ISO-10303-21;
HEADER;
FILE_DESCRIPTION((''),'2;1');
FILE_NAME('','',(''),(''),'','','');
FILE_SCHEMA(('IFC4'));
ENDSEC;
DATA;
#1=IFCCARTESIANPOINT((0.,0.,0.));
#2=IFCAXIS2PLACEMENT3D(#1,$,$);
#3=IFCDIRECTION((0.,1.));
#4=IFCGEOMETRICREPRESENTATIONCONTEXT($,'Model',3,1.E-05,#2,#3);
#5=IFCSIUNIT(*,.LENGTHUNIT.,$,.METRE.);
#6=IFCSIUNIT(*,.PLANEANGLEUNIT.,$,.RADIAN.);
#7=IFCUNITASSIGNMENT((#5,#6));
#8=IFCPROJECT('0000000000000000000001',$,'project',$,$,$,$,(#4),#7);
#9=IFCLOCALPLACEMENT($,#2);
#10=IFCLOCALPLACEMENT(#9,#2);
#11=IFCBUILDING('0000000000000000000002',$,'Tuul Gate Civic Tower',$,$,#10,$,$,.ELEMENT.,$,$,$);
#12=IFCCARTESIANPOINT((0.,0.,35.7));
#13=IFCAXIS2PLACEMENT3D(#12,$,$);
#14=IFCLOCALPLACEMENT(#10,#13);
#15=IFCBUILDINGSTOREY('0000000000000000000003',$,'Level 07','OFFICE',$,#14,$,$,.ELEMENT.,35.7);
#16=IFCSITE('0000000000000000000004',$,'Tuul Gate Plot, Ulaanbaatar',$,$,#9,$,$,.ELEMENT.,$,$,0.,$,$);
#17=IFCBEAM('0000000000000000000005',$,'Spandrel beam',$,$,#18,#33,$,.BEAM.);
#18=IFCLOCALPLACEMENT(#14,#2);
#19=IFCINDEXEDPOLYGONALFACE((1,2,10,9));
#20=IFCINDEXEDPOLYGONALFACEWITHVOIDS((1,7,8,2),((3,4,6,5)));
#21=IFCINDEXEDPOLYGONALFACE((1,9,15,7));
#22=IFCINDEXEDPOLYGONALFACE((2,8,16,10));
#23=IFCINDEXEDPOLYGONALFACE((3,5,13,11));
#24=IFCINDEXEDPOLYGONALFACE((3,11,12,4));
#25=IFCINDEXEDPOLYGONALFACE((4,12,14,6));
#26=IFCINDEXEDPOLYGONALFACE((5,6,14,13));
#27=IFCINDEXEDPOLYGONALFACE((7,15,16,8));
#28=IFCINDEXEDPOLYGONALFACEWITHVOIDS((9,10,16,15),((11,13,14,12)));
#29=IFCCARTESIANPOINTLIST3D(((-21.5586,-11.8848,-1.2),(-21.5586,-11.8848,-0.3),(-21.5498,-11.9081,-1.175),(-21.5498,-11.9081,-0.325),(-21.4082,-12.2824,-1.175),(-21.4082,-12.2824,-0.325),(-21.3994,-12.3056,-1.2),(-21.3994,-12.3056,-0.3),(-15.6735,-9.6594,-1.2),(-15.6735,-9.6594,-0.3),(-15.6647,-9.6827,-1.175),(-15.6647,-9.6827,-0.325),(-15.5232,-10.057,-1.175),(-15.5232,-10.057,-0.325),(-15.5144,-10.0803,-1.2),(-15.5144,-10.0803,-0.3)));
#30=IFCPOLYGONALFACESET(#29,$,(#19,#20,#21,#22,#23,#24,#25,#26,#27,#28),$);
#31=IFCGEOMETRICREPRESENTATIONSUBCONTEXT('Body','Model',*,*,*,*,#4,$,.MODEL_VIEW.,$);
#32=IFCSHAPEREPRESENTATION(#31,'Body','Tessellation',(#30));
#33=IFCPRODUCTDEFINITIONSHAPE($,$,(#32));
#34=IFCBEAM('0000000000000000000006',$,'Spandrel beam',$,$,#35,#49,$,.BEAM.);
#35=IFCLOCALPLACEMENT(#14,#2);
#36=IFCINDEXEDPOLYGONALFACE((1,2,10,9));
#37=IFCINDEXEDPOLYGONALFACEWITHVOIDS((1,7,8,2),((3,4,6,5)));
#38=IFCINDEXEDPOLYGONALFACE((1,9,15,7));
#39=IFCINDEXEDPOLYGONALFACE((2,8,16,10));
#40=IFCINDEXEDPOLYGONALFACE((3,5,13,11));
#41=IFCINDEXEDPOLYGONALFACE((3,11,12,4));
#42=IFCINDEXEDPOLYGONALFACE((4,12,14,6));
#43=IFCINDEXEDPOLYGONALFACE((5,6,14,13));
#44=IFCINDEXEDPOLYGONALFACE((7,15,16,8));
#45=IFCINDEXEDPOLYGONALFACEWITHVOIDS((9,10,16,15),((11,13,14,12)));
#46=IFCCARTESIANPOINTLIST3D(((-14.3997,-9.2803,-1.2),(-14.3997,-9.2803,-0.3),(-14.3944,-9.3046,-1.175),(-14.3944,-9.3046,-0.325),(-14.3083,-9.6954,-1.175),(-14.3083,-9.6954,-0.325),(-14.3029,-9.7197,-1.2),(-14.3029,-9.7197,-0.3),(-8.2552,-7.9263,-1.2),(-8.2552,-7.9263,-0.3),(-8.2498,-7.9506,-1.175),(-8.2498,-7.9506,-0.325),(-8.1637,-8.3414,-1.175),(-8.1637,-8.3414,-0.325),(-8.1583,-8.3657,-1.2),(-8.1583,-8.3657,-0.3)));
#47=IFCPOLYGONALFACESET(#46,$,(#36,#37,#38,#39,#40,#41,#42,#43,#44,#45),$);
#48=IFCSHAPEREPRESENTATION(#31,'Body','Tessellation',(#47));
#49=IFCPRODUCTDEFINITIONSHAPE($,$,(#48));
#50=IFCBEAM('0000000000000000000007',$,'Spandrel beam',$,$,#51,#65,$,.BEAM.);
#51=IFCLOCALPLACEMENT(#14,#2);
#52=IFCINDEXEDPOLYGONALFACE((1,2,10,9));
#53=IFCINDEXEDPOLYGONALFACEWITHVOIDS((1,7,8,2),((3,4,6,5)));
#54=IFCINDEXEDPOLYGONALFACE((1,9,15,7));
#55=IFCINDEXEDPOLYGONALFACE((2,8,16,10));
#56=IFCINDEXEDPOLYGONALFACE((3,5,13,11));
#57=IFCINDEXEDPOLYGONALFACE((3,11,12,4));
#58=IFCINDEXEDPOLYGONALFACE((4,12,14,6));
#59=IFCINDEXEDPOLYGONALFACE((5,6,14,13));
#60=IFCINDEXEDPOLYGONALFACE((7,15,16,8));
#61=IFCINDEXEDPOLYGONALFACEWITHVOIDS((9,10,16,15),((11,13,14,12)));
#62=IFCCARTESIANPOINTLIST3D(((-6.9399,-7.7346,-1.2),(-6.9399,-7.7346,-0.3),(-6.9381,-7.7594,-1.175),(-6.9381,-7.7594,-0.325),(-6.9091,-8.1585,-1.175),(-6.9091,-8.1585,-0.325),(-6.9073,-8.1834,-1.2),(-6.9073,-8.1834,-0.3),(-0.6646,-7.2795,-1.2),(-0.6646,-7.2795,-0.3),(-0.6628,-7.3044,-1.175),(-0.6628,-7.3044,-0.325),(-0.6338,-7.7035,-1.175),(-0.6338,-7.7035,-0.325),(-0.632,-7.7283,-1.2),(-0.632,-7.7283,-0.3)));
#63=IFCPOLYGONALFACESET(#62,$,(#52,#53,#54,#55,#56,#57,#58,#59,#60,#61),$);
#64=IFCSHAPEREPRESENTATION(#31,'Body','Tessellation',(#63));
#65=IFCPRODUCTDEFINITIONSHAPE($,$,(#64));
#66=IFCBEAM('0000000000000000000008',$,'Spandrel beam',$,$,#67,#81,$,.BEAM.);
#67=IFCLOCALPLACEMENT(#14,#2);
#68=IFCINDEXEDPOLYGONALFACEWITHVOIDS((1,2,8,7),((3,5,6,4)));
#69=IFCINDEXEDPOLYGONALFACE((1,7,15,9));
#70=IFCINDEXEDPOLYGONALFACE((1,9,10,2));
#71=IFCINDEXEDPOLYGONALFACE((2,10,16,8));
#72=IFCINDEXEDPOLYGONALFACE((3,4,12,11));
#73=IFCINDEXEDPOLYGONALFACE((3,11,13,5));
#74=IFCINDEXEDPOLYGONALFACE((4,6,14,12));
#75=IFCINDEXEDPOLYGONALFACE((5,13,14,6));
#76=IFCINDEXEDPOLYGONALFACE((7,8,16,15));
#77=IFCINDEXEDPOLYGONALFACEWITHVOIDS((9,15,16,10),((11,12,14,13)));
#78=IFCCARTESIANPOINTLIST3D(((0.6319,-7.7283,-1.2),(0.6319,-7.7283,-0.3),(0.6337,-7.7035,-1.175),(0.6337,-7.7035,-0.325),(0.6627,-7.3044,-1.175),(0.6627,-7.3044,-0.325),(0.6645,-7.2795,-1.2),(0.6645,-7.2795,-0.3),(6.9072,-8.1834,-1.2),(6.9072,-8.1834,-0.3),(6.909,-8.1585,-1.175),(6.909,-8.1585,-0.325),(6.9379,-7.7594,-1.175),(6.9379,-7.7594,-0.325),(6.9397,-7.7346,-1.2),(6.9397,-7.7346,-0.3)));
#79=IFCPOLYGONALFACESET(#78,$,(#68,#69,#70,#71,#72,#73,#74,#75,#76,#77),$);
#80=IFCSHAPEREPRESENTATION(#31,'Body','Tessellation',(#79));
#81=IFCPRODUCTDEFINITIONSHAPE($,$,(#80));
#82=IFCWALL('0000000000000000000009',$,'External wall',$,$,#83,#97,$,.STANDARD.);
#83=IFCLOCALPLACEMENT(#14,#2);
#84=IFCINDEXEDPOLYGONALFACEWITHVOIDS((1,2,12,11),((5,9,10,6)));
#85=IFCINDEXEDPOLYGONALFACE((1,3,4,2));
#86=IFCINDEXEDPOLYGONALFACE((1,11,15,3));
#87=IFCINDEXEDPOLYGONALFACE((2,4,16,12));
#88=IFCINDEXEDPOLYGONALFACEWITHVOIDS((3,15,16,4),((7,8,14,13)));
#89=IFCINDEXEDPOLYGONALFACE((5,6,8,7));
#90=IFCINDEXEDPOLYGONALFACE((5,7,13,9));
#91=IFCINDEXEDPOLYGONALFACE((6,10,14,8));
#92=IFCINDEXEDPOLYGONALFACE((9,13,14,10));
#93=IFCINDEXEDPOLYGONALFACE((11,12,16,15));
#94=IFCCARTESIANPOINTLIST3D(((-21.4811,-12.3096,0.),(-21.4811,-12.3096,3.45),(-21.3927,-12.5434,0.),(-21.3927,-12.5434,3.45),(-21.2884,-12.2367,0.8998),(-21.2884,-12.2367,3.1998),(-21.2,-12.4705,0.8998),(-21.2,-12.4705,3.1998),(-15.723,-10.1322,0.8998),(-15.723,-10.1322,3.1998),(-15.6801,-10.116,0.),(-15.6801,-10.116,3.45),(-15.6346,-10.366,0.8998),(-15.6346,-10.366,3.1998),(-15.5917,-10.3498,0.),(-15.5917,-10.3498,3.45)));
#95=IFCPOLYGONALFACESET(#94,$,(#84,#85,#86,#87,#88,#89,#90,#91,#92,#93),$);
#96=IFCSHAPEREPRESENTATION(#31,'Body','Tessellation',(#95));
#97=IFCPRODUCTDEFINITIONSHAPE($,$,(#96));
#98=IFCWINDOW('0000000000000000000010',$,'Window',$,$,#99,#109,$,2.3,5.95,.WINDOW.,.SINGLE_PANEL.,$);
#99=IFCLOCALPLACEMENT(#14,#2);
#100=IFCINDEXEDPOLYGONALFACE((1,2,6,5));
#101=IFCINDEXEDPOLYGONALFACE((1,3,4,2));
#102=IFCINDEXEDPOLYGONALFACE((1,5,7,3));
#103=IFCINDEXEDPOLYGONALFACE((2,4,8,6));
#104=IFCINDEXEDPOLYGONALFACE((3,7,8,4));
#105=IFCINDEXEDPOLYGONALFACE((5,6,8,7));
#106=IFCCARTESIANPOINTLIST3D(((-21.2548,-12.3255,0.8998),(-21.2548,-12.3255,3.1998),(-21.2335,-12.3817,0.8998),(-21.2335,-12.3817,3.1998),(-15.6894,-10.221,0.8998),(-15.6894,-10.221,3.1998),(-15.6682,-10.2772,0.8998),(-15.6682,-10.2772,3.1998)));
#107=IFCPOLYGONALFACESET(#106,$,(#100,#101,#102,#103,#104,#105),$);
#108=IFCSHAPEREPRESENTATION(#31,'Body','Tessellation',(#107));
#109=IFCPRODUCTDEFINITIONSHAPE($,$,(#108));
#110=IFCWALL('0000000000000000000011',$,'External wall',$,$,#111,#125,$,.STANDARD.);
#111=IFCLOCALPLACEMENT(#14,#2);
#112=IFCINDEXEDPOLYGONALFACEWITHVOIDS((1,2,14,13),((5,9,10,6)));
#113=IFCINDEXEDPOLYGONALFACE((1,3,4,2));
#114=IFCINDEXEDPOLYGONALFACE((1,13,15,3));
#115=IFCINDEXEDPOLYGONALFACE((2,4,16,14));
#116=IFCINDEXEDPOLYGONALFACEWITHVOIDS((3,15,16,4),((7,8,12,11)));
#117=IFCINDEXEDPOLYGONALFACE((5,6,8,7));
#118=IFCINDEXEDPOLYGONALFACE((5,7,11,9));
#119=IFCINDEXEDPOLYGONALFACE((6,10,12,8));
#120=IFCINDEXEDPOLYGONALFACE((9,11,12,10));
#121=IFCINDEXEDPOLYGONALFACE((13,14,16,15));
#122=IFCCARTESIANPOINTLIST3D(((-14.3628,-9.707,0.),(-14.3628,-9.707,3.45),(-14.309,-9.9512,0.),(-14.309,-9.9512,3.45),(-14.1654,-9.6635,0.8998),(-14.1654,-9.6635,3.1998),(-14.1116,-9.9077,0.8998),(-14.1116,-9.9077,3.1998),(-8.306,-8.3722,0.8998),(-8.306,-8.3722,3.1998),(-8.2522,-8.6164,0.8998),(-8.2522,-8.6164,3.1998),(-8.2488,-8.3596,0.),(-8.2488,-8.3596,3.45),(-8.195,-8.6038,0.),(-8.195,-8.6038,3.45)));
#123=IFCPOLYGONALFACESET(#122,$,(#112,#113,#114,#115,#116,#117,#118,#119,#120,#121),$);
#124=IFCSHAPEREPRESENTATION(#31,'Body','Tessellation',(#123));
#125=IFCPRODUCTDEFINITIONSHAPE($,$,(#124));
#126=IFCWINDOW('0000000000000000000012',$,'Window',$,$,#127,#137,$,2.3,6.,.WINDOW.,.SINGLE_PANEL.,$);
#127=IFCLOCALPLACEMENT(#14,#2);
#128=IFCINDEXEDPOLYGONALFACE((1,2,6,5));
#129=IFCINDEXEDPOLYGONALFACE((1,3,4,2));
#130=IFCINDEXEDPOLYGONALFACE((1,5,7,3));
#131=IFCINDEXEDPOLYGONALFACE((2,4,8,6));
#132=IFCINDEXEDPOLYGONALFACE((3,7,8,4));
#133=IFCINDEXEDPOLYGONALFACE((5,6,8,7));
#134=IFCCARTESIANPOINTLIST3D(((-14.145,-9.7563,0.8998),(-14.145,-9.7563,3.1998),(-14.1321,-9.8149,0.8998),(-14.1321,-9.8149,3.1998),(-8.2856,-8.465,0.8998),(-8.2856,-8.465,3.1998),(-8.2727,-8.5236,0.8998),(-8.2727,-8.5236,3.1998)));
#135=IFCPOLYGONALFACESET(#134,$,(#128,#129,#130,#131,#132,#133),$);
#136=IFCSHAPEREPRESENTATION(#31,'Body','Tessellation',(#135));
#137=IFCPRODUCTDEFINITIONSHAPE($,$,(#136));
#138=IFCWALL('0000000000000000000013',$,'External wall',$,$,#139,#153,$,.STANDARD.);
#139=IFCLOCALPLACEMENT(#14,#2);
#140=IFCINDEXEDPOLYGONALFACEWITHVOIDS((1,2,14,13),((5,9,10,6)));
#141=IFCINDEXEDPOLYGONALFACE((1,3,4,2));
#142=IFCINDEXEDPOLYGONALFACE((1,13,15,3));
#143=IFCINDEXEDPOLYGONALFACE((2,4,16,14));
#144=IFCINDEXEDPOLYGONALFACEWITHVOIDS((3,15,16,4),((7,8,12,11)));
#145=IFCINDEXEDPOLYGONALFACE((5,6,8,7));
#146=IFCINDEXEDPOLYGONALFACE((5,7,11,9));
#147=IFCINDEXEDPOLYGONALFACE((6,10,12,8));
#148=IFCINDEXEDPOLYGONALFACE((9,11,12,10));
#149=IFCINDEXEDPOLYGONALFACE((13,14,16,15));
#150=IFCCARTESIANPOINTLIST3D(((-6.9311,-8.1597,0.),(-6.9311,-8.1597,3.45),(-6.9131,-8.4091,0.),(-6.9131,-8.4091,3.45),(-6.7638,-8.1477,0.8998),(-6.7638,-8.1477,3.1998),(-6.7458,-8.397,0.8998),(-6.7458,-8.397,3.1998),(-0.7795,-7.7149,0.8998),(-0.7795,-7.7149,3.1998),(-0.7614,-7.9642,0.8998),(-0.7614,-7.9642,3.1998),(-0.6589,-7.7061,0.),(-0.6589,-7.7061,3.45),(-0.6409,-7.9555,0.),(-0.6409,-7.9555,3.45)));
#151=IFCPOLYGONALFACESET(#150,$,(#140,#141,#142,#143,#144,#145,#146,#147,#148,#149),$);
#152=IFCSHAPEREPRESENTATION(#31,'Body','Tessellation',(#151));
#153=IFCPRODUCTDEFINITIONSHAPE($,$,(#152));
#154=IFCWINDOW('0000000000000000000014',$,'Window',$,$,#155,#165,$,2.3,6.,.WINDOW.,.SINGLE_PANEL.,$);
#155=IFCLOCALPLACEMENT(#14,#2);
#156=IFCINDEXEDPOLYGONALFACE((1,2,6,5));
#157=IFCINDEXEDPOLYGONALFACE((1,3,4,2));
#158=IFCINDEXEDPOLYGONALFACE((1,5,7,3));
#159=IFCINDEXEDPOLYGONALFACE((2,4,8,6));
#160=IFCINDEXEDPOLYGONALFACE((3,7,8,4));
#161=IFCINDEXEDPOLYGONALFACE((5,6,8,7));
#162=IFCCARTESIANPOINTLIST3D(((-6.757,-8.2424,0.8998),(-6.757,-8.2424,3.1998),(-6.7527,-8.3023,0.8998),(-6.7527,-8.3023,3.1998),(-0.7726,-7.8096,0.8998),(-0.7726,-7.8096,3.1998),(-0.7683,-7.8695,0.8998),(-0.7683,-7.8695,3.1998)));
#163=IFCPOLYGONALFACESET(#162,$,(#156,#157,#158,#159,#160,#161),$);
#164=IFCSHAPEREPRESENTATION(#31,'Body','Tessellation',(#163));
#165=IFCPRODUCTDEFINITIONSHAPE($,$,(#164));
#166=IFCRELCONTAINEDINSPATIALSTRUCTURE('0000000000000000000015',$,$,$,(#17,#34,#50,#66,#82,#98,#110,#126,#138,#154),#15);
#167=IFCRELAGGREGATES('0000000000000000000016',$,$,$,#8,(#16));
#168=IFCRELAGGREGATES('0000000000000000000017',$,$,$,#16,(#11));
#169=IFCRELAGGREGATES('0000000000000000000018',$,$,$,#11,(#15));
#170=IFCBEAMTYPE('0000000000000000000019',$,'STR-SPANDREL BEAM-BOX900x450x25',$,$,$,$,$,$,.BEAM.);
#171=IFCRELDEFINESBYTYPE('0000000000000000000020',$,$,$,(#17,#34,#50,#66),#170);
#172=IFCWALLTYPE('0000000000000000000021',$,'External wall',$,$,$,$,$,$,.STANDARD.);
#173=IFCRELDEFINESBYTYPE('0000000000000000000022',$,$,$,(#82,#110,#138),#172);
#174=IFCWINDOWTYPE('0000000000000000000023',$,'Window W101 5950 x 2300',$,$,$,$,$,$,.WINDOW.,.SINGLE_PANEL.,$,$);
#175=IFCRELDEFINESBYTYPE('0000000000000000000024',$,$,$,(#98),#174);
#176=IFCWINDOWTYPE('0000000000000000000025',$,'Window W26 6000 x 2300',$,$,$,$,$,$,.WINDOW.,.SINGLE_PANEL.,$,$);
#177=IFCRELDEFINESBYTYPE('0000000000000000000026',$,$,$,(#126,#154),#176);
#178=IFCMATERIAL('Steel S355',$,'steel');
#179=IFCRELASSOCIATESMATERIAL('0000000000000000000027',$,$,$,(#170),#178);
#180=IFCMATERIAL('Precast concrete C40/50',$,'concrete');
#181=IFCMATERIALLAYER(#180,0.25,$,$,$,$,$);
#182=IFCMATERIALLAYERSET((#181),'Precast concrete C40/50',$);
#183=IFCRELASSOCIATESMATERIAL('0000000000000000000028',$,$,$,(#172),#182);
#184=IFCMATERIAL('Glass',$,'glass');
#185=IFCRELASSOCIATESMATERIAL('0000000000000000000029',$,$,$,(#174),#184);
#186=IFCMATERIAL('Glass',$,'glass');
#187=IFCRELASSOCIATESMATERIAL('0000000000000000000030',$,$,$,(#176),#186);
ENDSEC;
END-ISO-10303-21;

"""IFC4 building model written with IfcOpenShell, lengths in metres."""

from ifc_helpers import new_model, si_unit, direction, frame, frame_2d, origin, origin_2d, place, context, subcontext, project, spatial, rectangle, hollow_rectangle, extrude, material, layer, layer_set, material_profile, profile_set, type_object, element, fill, save


model = new_model("IFC4")

# Units and contexts
model_context = context("Model", 3, precision=1e-05, world=origin(), true_north=direction((0.0, 1.0)))
body_context = subcontext(model_context, "Body", "Model", "MODEL_VIEW")
ifc_project = project(units=[si_unit("LENGTHUNIT", "METRE"), si_unit("PLANEANGLEUNIT", "RADIAN")], contexts=[model_context])

# Site, building, storey
site_placement = place(None, origin())
site = spatial("IfcSite", under=ifc_project, at=site_placement, Name="Tuul Gate Plot, Ulaanbaatar", CompositionType="ELEMENT", RefElevation=0.0)
building_placement = place(site_placement, origin())
building = spatial("IfcBuilding", under=site, at=building_placement, Name="Tuul Gate Civic Tower", CompositionType="ELEMENT")
storey_placement = place(building_placement, frame((0.0, 0.0, 35.7)))
storey = spatial("IfcBuildingStorey", under=building, at=storey_placement, Name="Level 07", Description="OFFICE", CompositionType="ELEMENT", Elevation=35.7)

# Beams
ifc_material_1 = material(Name="Steel S355", Category="steel")
ifc_material_profile_1 = material_profile(ifc_material_1, hollow_rectangle(XDim=0.45, YDim=0.8999, WallThickness=0.0249, at=origin_2d()), Name="BOX900x450x25")
ifc_profile_set_1 = profile_set([ifc_material_profile_1], Name="Steel S355")
beam_type_1 = type_object("IfcBeamType", Name="STR-SPANDREL BEAM-BOX900x450x25", PredefinedType="BEAM", material=ifc_profile_set_1)
beam_1_placement = place(storey_placement, frame((-21.479, -12.0952, -0.75), z_axis=(0.935361, 0.353695, 0.0), x_axis=(-0.353695, 0.935361, 0.0)))
element("IfcBeam", 1, at=beam_1_placement, inside=storey, type_object=beam_type_1, Name="Spandrel beam", PredefinedType="BEAM", context=body_context, shape_type="SweptSolid", body=[
    extrude(hollow_rectangle(XDim=0.45, YDim=0.8999, WallThickness=0.0249, at=origin_2d()), origin(), (0.0, 0.0, 1.0), 6.2917),
])
beam_2_placement = place(storey_placement, frame((-14.3513, -9.5, -0.75), z_axis=(0.976571, 0.215196, 0.0), x_axis=(-0.215196, 0.976571, 0.0)))
element("IfcBeam", 2, at=beam_2_placement, inside=storey, type_object=beam_type_1, Name="Spandrel beam", PredefinedType="BEAM", context=body_context, shape_type="SweptSolid", body=[
    extrude(hollow_rectangle(XDim=0.45, YDim=0.8999, WallThickness=0.0249, at=origin_2d()), origin(), (0.0, 0.0, 1.0), 6.292),
])
for number, where, z_axis, x_axis, name in (
    (3, (-6.9236, -7.959, -0.75), (0.997381, 0.072328, 0.0), (-0.072328, 0.997381, 0.0), "Spandrel beam"),
    (4, (0.6482, -7.5039, -0.75), (0.997381, -0.072328, 0.0), (0.072328, 0.997381, 0.0), "Spandrel beam"),
):
    element("IfcBeam", number, at=place(storey_placement, frame(where, z_axis=z_axis, x_axis=x_axis)), inside=storey, type_object=beam_type_1, Name=name, PredefinedType="BEAM", context=body_context, shape_type="SweptSolid", body=[
        extrude(hollow_rectangle(XDim=0.45, YDim=0.8999, WallThickness=0.0249, at=origin_2d()), origin(), (0.0, 0.0, 1.0), 6.2917),
    ])

# Walls, openings, windows
ifc_material_2 = material(Name="Precast concrete C40/50", Category="concrete")
ifc_layer_1 = layer(ifc_material_2, 0.25)
ifc_layer_set_1 = layer_set([ifc_layer_1], Name="Precast concrete C40/50")
wall_type_1 = type_object("IfcWallType", Name="External wall", PredefinedType="STANDARD", material=ifc_layer_set_1)
wall_1_placement = place(storey_placement, frame((-21.437, -12.4265, 0.0), z_axis=(0.0, 0.0, 1.0), x_axis=(0.93536, 0.353698, 0.0)))
wall_1 = element("IfcWall", 5, at=wall_1_placement, inside=storey, type_object=wall_type_1, Name="External wall", PredefinedType="STANDARD", context=body_context, shape_type="SweptSolid", body=[
    extrude(rectangle(XDim=6.2019, YDim=0.25, at=frame_2d((3.1011, 0.0))), origin(), (0.0, 0.0, 1.0), 3.45),
])
opening_1_placement = place(wall_1_placement, frame((0.2061, 0.0, 0.8999)))
opening_1 = element("IfcOpeningElement", 6, at=opening_1_placement, cuts=wall_1, PredefinedType="OPENING", context=body_context, shape_type="SweptSolid", body=[
    extrude(rectangle(XDim=5.95, YDim=2.3, at=frame_2d((2.9751, 1.1499))), frame((0.0, 0.135, 0.0), z_axis=(0.0, -1.0, 0.0), x_axis=(1.0, 0.0, 0.0)), (0.0, 0.0, 1.0), 0.27),
])
ifc_material_3 = material(Name="Glass", Category="glass")
window_type_1 = type_object("IfcWindowType", Name="Window W101 5950 x 2300", PartitioningType="SINGLE_PANEL", PredefinedType="WINDOW", material=ifc_material_3)
window_1_placement = place(opening_1_placement, origin())
window_1 = element("IfcWindow", 7, at=window_1_placement, inside=storey, type_object=window_type_1, Name="Window", OverallHeight=2.3, OverallWidth=5.95, PartitioningType="SINGLE_PANEL", PredefinedType="WINDOW", context=body_context, shape_type="SweptSolid", body=[
    extrude(rectangle(XDim=5.95, YDim=2.3, at=frame_2d((2.9751, 1.1499))), frame((0.0, 0.03, 0.0), z_axis=(0.0, -1.0, 0.0), x_axis=(1.0, 0.0, 0.0)), (0.0, 0.0, 1.0), 0.0601),
])
fill(opening_1, window_1)
wall_2_placement = place(storey_placement, frame((-14.3359, -9.8291, 0.0), z_axis=(0.0, 0.0, 1.0), x_axis=(0.976566, 0.215217, 0.0)))
wall_2 = element("IfcWall", 8, at=wall_2_placement, inside=storey, type_object=wall_type_1, Name="External wall", PredefinedType="STANDARD", context=body_context, shape_type="SweptSolid", body=[
    extrude(rectangle(XDim=6.2607, YDim=0.25, at=frame_2d((3.1304, 0.0))), origin(), (0.0, 0.0, 1.0), 3.45),
])
opening_2_placement = place(wall_2_placement, frame((0.2021, 0.0, 0.8999)))
opening_2 = element("IfcOpeningElement", 9, at=opening_2_placement, cuts=wall_2, PredefinedType="OPENING", context=body_context, shape_type="SweptSolid", body=[
    extrude(rectangle(XDim=6.0, YDim=2.3, at=frame_2d((3.0, 1.1499))), frame((0.0, 0.135, 0.0), z_axis=(0.0, -1.0, 0.0), x_axis=(1.0, 0.0, 0.0)), (0.0, 0.0, 1.0), 0.27),
])
ifc_material_4 = material(Name="Glass", Category="glass")
window_type_2 = type_object("IfcWindowType", Name="Window W26 6000 x 2300", PartitioningType="SINGLE_PANEL", PredefinedType="WINDOW", material=ifc_material_4)
window_2_placement = place(opening_2_placement, origin())
window_2 = element("IfcWindow", 10, at=window_2_placement, inside=storey, type_object=window_type_2, Name="Window", OverallHeight=2.3, OverallWidth=6.0, PartitioningType="SINGLE_PANEL", PredefinedType="WINDOW", context=body_context, shape_type="SweptSolid", body=[
    extrude(rectangle(XDim=6.0, YDim=2.3, at=frame_2d((3.0, 1.1499))), frame((0.0, 0.03, 0.0), z_axis=(0.0, -1.0, 0.0), x_axis=(1.0, 0.0, 0.0)), (0.0, 0.0, 1.0), 0.0601),
])
fill(opening_2, window_2)
wall_3_placement = place(storey_placement, frame((-6.9221, -8.2844, 0.0), z_axis=(0.0, 0.0, 1.0), x_axis=(0.997395, 0.072133, 0.0)))
wall_3 = element("IfcWall", 11, at=wall_3_placement, inside=storey, type_object=wall_type_1, Name="External wall", PredefinedType="STANDARD", context=body_context, shape_type="SweptSolid", body=[
    extrude(rectangle(XDim=6.2886, YDim=0.25, at=frame_2d((3.1443, 0.0))), origin(), (0.0, 0.0, 1.0), 3.45),
])
opening_3_placement = place(wall_3_placement, frame((0.1677, 0.0, 0.8999)))
opening_3 = element("IfcOpeningElement", 12, at=opening_3_placement, cuts=wall_3, PredefinedType="OPENING", context=body_context, shape_type="SweptSolid", body=[
    extrude(rectangle(XDim=6.0, YDim=2.3, at=frame_2d((3.0, 1.1499))), frame((0.0, 0.135, 0.0), z_axis=(0.0, -1.0, 0.0), x_axis=(1.0, 0.0, 0.0)), (0.0, 0.0, 1.0), 0.27),
])
window_3_placement = place(opening_3_placement, origin())
window_3 = element("IfcWindow", 13, at=window_3_placement, inside=storey, type_object=window_type_2, Name="Window", OverallHeight=2.3, OverallWidth=6.0, PartitioningType="SINGLE_PANEL", PredefinedType="WINDOW", context=body_context, shape_type="SweptSolid", body=[
    extrude(rectangle(XDim=6.0, YDim=2.3, at=frame_2d((3.0, 1.1499))), frame((0.0, 0.03, 0.0), z_axis=(0.0, -1.0, 0.0), x_axis=(1.0, 0.0, 0.0)), (0.0, 0.0, 1.0), 0.0601),
])
fill(opening_3, window_3)

save(model, "model.ifc")
